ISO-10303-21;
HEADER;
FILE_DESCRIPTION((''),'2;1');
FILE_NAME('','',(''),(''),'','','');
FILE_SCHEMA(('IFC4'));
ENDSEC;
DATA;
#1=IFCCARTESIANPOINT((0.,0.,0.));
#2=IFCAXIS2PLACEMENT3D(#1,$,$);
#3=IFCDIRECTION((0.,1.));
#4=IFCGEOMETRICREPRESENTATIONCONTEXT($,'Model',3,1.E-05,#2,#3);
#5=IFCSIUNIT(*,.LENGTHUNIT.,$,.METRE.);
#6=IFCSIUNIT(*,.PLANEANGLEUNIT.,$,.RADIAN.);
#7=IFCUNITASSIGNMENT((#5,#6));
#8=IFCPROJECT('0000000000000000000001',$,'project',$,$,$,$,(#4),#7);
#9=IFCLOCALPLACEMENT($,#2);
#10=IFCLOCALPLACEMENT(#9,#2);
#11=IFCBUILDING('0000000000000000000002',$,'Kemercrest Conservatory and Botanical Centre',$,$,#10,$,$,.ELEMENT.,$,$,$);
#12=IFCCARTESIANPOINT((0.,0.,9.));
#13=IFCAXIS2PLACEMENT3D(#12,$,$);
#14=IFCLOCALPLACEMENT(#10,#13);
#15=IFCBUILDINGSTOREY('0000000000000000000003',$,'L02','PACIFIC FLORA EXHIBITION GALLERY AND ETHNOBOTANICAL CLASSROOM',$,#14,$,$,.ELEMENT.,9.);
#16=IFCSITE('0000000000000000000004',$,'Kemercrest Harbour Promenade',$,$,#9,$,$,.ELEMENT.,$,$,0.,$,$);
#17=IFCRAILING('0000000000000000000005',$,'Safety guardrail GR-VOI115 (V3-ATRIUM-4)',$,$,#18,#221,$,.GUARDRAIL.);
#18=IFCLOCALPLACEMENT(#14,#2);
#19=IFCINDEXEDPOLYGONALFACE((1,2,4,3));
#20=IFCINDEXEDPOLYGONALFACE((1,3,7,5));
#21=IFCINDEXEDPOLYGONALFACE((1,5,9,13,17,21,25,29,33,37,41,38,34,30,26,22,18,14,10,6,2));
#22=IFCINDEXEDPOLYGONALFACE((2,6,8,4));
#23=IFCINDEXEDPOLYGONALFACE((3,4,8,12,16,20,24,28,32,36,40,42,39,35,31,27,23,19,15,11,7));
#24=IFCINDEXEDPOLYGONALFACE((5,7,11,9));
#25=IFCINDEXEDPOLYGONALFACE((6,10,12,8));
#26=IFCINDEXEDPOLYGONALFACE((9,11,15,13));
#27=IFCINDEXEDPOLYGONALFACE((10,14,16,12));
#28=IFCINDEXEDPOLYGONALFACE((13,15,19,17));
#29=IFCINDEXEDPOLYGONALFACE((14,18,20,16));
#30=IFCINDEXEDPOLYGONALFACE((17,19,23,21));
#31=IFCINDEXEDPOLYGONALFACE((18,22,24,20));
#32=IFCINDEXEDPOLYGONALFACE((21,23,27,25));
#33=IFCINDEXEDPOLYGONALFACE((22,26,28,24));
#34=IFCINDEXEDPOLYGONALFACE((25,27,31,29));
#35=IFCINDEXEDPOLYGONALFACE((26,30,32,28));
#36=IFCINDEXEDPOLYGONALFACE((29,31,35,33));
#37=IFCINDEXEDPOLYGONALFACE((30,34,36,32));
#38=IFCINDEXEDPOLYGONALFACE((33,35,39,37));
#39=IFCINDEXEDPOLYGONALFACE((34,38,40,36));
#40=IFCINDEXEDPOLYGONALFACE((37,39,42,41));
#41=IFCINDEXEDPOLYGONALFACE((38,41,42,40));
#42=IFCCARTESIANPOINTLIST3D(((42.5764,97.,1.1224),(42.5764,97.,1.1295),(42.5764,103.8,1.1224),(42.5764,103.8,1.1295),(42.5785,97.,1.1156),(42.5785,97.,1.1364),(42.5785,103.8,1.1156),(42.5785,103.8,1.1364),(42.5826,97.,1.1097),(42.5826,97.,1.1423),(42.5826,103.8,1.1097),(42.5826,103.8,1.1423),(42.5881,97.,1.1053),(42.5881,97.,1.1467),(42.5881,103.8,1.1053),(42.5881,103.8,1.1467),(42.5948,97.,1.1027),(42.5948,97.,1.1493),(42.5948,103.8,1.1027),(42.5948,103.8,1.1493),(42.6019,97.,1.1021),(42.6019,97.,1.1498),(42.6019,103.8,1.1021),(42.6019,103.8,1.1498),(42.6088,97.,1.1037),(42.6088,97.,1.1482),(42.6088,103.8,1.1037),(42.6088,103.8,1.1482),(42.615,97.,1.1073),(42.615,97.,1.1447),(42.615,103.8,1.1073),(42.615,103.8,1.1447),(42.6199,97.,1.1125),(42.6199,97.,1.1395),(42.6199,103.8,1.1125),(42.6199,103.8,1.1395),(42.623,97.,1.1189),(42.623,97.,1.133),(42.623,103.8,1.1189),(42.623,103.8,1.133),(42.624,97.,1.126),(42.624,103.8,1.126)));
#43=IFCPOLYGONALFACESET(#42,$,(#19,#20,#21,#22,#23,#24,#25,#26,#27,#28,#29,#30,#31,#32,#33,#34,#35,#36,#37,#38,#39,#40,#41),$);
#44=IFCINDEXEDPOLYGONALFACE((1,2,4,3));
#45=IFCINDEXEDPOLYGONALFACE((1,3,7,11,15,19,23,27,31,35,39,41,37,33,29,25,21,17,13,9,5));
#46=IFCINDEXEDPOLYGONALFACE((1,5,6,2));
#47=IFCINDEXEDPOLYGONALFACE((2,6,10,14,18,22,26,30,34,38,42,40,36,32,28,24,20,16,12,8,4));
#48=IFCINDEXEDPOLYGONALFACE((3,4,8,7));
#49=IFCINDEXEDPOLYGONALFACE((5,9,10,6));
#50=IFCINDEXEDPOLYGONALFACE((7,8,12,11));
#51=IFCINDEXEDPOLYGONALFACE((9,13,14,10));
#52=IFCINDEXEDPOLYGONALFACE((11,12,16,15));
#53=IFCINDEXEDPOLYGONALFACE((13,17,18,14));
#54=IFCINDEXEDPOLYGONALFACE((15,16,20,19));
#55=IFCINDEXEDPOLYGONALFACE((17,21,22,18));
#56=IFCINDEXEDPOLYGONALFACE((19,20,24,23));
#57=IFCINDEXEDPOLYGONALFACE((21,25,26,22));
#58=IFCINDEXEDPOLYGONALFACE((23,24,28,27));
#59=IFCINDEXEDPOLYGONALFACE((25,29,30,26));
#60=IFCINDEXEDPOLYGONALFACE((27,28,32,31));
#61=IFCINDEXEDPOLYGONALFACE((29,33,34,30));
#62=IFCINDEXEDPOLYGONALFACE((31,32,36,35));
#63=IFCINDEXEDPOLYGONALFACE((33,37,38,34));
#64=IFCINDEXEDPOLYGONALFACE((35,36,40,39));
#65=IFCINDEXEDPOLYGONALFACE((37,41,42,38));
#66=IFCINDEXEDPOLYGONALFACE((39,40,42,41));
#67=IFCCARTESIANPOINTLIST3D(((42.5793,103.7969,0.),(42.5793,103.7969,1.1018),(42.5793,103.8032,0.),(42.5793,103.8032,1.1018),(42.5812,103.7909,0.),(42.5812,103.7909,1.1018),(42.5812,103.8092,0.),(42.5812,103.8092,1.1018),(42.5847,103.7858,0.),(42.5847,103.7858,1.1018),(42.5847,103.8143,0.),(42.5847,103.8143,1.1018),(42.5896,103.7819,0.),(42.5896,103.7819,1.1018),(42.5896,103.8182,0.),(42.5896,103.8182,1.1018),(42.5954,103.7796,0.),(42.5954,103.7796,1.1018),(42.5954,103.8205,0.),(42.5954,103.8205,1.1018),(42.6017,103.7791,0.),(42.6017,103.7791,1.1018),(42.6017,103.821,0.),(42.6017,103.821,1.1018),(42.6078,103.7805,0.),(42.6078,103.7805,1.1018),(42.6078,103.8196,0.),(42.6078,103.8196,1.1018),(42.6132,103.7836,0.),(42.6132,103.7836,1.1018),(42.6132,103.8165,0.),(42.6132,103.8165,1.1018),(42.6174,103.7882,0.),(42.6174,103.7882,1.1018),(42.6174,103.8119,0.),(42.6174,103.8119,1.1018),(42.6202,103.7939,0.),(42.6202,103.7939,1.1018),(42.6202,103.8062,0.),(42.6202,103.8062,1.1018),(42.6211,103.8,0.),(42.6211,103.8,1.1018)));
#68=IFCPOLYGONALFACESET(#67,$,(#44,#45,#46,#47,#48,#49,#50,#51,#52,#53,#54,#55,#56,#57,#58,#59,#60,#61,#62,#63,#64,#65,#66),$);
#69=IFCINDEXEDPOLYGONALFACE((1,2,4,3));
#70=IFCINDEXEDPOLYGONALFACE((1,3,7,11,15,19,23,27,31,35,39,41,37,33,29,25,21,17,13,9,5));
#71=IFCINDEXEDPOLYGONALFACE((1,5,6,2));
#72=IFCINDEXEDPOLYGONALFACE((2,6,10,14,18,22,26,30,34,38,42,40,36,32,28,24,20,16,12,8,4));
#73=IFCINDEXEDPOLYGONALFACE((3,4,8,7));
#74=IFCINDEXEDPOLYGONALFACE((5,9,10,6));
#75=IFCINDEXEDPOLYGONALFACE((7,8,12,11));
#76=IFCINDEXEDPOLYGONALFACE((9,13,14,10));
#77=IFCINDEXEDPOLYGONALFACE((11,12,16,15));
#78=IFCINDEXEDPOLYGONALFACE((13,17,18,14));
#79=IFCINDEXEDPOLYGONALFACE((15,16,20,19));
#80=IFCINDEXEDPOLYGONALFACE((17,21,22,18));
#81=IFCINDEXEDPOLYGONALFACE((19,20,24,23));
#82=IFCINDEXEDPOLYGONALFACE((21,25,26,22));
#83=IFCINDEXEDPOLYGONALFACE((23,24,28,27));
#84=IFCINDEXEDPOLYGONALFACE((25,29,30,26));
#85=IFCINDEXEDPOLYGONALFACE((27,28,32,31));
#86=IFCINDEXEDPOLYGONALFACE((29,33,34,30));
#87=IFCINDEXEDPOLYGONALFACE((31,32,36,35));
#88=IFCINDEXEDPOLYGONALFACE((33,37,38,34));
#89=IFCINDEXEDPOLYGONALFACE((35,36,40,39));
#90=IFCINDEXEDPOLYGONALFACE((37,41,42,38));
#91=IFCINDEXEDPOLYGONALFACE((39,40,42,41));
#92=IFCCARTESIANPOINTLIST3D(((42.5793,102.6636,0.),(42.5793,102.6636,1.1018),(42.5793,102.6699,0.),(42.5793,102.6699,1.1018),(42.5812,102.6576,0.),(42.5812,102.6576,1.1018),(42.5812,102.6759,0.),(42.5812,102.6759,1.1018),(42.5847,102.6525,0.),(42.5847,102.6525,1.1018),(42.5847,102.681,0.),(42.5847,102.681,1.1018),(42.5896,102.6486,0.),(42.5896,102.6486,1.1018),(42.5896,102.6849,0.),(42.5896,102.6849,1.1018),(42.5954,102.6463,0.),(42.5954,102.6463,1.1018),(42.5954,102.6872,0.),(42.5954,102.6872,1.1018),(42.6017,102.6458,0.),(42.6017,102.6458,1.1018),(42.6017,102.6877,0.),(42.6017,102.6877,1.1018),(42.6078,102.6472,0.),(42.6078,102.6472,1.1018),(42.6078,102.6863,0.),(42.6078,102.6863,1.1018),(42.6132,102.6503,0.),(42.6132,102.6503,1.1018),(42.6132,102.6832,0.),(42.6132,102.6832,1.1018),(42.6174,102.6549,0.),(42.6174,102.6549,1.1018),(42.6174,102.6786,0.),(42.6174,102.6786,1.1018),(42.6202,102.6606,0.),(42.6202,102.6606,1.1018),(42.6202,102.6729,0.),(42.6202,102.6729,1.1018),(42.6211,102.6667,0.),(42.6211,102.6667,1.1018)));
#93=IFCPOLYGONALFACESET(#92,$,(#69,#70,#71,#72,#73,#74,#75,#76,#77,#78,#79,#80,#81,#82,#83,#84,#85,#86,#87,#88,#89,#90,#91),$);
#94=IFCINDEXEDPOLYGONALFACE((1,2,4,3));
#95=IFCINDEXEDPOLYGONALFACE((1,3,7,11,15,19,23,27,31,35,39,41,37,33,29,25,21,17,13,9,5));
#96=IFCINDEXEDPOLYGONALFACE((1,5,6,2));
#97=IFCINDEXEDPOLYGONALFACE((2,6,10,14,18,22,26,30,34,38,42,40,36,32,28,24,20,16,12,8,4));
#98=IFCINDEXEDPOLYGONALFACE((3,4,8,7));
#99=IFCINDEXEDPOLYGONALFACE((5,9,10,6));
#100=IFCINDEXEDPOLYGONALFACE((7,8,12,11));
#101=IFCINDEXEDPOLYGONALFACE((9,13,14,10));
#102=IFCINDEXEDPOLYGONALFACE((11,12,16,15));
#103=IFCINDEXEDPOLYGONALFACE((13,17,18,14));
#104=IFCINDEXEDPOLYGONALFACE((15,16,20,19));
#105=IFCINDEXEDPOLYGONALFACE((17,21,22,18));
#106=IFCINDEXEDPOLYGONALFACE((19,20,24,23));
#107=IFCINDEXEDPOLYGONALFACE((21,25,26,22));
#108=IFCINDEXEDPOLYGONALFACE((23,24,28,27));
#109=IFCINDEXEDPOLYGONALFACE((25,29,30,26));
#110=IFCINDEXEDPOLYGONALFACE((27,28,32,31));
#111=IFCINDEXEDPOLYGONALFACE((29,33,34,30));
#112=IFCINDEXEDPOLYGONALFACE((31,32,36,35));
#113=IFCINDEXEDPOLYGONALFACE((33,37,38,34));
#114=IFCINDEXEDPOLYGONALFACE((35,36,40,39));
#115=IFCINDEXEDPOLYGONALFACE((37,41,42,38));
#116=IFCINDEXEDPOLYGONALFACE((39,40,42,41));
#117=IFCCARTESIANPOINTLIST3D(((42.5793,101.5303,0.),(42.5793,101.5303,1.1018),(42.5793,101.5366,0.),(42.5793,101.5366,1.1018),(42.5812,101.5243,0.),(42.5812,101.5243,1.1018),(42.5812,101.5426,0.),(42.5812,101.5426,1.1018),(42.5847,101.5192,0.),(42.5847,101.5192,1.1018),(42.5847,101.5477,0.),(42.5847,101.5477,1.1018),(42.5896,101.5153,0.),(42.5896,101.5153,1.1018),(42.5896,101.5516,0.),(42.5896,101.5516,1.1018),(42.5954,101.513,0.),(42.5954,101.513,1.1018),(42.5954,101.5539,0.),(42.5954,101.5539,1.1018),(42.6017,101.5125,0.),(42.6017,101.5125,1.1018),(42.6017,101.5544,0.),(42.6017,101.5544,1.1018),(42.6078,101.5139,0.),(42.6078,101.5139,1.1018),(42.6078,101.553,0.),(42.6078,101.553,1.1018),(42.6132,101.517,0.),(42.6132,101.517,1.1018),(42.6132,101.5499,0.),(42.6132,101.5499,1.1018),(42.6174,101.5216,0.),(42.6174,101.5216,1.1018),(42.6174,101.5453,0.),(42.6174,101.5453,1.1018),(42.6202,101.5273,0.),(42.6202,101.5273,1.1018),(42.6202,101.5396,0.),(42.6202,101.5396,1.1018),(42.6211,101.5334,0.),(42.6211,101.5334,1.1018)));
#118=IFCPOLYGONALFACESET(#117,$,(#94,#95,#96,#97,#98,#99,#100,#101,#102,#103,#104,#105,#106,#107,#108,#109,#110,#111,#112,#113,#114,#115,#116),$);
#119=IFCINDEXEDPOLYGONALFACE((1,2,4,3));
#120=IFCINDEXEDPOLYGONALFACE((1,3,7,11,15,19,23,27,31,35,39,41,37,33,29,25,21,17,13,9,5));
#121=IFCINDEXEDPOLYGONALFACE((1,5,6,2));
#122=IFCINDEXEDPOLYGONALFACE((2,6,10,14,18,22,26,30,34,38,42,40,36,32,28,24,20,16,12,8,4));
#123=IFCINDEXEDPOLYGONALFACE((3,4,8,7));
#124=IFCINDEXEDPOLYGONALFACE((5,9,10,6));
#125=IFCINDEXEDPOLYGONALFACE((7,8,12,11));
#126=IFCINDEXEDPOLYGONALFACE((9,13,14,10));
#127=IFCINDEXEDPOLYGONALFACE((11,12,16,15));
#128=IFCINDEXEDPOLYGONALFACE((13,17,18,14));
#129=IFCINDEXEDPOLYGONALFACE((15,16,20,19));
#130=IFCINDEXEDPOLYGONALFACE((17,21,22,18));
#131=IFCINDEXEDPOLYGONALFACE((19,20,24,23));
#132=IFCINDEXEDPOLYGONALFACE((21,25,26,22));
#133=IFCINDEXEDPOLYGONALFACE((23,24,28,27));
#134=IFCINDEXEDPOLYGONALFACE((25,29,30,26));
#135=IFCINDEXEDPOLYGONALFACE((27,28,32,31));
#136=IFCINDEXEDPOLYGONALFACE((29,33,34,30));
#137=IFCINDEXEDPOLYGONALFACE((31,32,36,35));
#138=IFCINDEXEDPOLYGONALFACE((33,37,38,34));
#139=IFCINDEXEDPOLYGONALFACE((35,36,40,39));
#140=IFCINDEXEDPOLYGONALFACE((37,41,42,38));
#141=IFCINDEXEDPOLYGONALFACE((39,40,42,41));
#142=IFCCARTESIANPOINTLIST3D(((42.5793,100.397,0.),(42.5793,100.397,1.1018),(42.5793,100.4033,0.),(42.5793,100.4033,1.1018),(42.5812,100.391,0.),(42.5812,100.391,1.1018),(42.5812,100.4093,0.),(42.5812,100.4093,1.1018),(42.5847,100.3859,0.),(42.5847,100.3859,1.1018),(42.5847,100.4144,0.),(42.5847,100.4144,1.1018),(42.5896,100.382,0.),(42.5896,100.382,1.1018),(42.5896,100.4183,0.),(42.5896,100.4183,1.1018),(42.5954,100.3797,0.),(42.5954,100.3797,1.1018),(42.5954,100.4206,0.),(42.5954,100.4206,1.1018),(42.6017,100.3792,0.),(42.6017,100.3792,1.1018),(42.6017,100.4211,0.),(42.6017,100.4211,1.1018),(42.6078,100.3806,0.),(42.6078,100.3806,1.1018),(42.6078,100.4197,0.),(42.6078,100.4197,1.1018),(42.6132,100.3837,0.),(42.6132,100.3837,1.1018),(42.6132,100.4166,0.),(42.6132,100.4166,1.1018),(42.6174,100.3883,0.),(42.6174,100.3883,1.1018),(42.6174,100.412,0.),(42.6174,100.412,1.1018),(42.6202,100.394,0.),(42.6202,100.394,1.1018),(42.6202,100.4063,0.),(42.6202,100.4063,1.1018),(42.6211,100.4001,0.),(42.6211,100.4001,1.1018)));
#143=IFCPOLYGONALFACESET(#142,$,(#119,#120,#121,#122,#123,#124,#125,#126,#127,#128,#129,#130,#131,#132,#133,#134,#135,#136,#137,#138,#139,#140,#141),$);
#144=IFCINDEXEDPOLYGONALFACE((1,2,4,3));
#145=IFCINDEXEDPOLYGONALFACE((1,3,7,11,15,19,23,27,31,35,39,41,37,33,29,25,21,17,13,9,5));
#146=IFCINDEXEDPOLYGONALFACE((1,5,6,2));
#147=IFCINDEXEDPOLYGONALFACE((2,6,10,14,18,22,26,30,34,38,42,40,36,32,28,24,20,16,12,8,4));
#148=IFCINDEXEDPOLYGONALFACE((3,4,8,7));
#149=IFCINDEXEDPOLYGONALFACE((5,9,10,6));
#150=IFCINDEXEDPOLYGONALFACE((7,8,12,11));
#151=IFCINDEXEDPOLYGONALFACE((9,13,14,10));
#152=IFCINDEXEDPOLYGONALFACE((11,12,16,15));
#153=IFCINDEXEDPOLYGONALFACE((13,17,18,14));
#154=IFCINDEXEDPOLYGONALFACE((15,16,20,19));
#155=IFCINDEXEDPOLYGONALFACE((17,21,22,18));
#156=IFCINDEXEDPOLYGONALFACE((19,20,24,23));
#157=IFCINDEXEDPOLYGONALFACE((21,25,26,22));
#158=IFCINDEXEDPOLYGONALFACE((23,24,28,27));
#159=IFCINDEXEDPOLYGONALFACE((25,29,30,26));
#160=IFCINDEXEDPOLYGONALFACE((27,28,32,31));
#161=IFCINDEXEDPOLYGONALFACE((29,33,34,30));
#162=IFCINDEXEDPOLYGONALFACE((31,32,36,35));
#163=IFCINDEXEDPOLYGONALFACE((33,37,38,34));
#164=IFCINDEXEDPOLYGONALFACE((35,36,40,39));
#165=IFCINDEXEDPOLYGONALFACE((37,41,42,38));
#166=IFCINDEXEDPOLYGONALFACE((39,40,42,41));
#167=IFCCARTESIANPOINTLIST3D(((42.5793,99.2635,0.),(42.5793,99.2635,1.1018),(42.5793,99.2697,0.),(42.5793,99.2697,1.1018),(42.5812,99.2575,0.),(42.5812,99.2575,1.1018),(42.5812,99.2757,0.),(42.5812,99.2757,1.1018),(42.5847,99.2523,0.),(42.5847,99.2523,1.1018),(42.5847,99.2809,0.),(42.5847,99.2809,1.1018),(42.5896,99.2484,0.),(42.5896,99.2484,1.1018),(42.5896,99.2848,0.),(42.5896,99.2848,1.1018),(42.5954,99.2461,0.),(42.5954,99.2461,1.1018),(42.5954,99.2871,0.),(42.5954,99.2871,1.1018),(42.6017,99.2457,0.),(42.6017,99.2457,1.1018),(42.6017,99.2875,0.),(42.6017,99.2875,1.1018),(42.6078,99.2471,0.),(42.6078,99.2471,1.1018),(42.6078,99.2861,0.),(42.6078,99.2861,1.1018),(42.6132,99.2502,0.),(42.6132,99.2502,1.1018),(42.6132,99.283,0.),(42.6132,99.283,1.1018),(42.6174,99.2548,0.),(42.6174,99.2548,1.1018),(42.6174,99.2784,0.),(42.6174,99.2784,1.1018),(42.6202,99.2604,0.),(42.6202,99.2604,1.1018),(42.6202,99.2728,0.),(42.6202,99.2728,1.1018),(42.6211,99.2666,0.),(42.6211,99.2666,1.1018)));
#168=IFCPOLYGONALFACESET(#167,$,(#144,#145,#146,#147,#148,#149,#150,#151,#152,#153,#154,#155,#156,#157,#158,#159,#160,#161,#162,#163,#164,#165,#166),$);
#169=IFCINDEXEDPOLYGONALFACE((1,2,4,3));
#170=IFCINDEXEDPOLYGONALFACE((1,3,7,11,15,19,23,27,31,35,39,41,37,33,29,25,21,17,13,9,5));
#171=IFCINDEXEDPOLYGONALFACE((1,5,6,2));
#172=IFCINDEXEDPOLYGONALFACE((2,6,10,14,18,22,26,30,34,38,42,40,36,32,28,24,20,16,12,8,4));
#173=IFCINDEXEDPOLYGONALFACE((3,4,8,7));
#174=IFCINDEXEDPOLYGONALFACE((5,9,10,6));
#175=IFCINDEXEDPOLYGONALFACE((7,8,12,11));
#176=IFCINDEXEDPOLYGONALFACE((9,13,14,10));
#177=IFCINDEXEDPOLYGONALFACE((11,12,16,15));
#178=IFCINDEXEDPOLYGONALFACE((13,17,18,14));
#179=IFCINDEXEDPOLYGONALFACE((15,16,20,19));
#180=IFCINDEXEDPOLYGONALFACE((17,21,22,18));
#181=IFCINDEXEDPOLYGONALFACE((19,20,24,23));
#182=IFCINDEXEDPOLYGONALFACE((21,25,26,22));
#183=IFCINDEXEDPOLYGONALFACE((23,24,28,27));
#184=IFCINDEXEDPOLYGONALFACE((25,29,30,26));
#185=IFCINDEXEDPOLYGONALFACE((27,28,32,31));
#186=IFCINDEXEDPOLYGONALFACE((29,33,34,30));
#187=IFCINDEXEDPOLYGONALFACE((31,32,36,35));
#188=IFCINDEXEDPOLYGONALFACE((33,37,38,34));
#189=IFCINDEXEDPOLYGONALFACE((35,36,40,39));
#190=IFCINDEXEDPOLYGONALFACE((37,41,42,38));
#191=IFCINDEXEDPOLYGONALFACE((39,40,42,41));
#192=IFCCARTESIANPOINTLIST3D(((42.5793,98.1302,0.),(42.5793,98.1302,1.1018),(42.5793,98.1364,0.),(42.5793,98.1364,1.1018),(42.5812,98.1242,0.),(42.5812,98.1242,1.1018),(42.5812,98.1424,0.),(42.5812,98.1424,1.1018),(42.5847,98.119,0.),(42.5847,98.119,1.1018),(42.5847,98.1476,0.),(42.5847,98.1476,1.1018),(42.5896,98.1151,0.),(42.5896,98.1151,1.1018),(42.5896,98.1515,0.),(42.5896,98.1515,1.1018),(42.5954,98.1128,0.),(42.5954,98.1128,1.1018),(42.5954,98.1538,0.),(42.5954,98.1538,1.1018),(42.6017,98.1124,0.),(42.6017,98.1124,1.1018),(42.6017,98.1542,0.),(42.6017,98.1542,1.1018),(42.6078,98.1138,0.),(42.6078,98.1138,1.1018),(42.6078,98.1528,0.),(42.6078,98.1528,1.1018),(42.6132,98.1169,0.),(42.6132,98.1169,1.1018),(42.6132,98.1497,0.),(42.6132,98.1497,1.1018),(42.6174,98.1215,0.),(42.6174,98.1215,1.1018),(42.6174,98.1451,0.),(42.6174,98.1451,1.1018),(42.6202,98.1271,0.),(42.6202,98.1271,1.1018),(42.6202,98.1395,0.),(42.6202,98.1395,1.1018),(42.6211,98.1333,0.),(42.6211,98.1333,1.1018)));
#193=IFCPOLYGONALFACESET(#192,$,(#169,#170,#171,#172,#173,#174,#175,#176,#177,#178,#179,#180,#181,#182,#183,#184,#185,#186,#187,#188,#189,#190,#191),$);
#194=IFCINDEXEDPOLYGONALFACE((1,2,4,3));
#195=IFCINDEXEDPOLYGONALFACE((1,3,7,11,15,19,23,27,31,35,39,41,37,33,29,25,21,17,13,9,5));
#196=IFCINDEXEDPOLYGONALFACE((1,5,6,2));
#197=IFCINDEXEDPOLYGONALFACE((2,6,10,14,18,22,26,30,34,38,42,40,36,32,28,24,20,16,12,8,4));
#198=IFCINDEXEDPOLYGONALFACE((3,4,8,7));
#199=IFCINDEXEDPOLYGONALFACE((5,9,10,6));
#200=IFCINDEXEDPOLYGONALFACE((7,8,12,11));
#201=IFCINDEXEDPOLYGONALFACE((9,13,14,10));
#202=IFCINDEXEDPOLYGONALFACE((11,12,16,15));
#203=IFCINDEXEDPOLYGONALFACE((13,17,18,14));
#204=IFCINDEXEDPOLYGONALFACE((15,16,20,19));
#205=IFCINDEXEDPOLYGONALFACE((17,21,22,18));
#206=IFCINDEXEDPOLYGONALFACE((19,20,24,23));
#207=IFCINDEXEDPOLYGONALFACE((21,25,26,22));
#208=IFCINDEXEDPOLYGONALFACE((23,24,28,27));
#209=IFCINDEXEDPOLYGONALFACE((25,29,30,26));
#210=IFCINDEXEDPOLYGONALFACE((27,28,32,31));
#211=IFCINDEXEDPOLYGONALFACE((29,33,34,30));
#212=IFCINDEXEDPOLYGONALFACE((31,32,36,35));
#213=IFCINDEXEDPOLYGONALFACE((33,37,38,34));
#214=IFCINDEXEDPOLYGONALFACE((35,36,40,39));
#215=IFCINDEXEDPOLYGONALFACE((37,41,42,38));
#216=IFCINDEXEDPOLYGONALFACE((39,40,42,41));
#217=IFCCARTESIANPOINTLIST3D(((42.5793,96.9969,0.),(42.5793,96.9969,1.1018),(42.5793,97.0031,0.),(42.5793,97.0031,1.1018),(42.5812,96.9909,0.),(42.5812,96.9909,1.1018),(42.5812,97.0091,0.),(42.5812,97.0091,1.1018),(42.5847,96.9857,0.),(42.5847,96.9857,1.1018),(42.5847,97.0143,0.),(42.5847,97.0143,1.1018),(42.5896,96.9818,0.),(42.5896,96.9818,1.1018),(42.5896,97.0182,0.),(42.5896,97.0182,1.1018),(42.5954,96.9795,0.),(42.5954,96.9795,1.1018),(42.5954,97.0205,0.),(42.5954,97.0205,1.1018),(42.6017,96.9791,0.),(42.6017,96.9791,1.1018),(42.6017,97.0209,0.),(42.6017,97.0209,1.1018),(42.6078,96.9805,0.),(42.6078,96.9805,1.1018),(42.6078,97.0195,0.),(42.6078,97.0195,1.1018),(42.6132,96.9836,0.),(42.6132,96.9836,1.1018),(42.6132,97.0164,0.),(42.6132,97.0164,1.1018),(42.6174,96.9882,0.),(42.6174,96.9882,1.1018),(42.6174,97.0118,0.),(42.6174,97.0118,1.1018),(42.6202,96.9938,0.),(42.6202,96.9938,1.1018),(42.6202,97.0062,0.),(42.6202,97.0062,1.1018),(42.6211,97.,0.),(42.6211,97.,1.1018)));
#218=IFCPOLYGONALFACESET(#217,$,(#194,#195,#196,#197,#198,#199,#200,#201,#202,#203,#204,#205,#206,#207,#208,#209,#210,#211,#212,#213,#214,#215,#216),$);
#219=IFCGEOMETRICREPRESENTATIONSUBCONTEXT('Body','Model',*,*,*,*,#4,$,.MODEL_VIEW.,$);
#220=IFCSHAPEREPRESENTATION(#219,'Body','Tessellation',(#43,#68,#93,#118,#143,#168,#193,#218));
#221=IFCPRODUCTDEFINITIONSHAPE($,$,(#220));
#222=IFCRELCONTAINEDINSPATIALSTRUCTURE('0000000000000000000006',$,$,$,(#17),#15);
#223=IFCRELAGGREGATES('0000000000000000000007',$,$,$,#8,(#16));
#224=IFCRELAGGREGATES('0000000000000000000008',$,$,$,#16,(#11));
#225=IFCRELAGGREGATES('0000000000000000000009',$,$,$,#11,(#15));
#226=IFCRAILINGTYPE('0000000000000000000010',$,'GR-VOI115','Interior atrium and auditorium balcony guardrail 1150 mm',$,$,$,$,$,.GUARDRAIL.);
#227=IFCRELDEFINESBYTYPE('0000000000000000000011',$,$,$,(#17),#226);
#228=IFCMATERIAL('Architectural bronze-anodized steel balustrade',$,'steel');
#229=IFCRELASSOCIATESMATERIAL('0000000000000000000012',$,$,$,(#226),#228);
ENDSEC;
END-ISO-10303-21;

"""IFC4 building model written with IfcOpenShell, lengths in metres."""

from ifc_helpers import new_model, si_unit, direction, frame, origin, origin_2d, place, context, subcontext, project, spatial, circle, extrude, material, type_object, element, save


model = new_model("IFC4")

# Units and contexts
model_context = context("Model", 3, precision=1e-05, world=origin(), true_north=direction((0.0, 1.0)))
body_context = subcontext(model_context, "Body", "Model", "MODEL_VIEW")
ifc_project = project(units=[si_unit("LENGTHUNIT", "METRE"), si_unit("PLANEANGLEUNIT", "RADIAN")], contexts=[model_context])

# Site, building, storey
site_placement = place(None, origin())
site = spatial("IfcSite", under=ifc_project, at=site_placement, Name="Kemercrest Harbour Promenade", CompositionType="ELEMENT", RefElevation=0.0)
building_placement = place(site_placement, origin())
building = spatial("IfcBuilding", under=site, at=building_placement, Name="Kemercrest Conservatory and Botanical Centre", CompositionType="ELEMENT")
storey_placement = place(building_placement, frame((0.0, 0.0, 9.0)))
storey = spatial("IfcBuildingStorey", under=building, at=storey_placement, Name="L02", Description="PACIFIC FLORA EXHIBITION GALLERY AND ETHNOBOTANICAL CLASSROOM", CompositionType="ELEMENT", Elevation=9.0)

# Railing
ifc_material_1 = material(Name="Architectural bronze-anodized steel balustrade", Category="steel")
railing_type = type_object("IfcRailingType", Name="GR-VOI115", Description="Interior atrium and auditorium balcony guardrail 1150 mm", PredefinedType="GUARDRAIL", material=ifc_material_1)
railing_1_placement = place(storey_placement, frame((42.6001, 103.8, 0.0)))
element("IfcRailing", 1, at=railing_1_placement, inside=storey, type_object=railing_type, Name="Safety guardrail GR-VOI115 (V3-ATRIUM-4)", PredefinedType="GUARDRAIL", context=body_context, shape_type="SweptSolid", body=[
    extrude(circle(Radius=0.0239, at=origin_2d()), frame((0.0, 0.0, 1.126), z_axis=(0.0, -1.0, 0.0), x_axis=(1.0, 0.0, 0.0)), (0.0, 0.0, 1.0), 6.8),
    extrude(circle(Radius=0.021, at=origin_2d()), origin(), (0.0, 0.0, 1.0), 1.1018),
    extrude(circle(Radius=0.021, at=origin_2d()), frame((0.0, -1.1333, 0.0)), (0.0, 0.0, 1.0), 1.1018),
    extrude(circle(Radius=0.021, at=origin_2d()), frame((0.0, -2.2666, 0.0)), (0.0, 0.0, 1.0), 1.1018),
    extrude(circle(Radius=0.021, at=origin_2d()), frame((0.0, -3.3999, 0.0)), (0.0, 0.0, 1.0), 1.1018),
    extrude(circle(Radius=0.021, at=origin_2d()), frame((0.0, -4.5334, 0.0)), (0.0, 0.0, 1.0), 1.1018),
    extrude(circle(Radius=0.021, at=origin_2d()), frame((0.0, -5.6667, 0.0)), (0.0, 0.0, 1.0), 1.1018),
    extrude(circle(Radius=0.021, at=origin_2d()), frame((0.0, -6.8, 0.0)), (0.0, 0.0, 1.0), 1.1018),
])

save(model, "model.ifc")
